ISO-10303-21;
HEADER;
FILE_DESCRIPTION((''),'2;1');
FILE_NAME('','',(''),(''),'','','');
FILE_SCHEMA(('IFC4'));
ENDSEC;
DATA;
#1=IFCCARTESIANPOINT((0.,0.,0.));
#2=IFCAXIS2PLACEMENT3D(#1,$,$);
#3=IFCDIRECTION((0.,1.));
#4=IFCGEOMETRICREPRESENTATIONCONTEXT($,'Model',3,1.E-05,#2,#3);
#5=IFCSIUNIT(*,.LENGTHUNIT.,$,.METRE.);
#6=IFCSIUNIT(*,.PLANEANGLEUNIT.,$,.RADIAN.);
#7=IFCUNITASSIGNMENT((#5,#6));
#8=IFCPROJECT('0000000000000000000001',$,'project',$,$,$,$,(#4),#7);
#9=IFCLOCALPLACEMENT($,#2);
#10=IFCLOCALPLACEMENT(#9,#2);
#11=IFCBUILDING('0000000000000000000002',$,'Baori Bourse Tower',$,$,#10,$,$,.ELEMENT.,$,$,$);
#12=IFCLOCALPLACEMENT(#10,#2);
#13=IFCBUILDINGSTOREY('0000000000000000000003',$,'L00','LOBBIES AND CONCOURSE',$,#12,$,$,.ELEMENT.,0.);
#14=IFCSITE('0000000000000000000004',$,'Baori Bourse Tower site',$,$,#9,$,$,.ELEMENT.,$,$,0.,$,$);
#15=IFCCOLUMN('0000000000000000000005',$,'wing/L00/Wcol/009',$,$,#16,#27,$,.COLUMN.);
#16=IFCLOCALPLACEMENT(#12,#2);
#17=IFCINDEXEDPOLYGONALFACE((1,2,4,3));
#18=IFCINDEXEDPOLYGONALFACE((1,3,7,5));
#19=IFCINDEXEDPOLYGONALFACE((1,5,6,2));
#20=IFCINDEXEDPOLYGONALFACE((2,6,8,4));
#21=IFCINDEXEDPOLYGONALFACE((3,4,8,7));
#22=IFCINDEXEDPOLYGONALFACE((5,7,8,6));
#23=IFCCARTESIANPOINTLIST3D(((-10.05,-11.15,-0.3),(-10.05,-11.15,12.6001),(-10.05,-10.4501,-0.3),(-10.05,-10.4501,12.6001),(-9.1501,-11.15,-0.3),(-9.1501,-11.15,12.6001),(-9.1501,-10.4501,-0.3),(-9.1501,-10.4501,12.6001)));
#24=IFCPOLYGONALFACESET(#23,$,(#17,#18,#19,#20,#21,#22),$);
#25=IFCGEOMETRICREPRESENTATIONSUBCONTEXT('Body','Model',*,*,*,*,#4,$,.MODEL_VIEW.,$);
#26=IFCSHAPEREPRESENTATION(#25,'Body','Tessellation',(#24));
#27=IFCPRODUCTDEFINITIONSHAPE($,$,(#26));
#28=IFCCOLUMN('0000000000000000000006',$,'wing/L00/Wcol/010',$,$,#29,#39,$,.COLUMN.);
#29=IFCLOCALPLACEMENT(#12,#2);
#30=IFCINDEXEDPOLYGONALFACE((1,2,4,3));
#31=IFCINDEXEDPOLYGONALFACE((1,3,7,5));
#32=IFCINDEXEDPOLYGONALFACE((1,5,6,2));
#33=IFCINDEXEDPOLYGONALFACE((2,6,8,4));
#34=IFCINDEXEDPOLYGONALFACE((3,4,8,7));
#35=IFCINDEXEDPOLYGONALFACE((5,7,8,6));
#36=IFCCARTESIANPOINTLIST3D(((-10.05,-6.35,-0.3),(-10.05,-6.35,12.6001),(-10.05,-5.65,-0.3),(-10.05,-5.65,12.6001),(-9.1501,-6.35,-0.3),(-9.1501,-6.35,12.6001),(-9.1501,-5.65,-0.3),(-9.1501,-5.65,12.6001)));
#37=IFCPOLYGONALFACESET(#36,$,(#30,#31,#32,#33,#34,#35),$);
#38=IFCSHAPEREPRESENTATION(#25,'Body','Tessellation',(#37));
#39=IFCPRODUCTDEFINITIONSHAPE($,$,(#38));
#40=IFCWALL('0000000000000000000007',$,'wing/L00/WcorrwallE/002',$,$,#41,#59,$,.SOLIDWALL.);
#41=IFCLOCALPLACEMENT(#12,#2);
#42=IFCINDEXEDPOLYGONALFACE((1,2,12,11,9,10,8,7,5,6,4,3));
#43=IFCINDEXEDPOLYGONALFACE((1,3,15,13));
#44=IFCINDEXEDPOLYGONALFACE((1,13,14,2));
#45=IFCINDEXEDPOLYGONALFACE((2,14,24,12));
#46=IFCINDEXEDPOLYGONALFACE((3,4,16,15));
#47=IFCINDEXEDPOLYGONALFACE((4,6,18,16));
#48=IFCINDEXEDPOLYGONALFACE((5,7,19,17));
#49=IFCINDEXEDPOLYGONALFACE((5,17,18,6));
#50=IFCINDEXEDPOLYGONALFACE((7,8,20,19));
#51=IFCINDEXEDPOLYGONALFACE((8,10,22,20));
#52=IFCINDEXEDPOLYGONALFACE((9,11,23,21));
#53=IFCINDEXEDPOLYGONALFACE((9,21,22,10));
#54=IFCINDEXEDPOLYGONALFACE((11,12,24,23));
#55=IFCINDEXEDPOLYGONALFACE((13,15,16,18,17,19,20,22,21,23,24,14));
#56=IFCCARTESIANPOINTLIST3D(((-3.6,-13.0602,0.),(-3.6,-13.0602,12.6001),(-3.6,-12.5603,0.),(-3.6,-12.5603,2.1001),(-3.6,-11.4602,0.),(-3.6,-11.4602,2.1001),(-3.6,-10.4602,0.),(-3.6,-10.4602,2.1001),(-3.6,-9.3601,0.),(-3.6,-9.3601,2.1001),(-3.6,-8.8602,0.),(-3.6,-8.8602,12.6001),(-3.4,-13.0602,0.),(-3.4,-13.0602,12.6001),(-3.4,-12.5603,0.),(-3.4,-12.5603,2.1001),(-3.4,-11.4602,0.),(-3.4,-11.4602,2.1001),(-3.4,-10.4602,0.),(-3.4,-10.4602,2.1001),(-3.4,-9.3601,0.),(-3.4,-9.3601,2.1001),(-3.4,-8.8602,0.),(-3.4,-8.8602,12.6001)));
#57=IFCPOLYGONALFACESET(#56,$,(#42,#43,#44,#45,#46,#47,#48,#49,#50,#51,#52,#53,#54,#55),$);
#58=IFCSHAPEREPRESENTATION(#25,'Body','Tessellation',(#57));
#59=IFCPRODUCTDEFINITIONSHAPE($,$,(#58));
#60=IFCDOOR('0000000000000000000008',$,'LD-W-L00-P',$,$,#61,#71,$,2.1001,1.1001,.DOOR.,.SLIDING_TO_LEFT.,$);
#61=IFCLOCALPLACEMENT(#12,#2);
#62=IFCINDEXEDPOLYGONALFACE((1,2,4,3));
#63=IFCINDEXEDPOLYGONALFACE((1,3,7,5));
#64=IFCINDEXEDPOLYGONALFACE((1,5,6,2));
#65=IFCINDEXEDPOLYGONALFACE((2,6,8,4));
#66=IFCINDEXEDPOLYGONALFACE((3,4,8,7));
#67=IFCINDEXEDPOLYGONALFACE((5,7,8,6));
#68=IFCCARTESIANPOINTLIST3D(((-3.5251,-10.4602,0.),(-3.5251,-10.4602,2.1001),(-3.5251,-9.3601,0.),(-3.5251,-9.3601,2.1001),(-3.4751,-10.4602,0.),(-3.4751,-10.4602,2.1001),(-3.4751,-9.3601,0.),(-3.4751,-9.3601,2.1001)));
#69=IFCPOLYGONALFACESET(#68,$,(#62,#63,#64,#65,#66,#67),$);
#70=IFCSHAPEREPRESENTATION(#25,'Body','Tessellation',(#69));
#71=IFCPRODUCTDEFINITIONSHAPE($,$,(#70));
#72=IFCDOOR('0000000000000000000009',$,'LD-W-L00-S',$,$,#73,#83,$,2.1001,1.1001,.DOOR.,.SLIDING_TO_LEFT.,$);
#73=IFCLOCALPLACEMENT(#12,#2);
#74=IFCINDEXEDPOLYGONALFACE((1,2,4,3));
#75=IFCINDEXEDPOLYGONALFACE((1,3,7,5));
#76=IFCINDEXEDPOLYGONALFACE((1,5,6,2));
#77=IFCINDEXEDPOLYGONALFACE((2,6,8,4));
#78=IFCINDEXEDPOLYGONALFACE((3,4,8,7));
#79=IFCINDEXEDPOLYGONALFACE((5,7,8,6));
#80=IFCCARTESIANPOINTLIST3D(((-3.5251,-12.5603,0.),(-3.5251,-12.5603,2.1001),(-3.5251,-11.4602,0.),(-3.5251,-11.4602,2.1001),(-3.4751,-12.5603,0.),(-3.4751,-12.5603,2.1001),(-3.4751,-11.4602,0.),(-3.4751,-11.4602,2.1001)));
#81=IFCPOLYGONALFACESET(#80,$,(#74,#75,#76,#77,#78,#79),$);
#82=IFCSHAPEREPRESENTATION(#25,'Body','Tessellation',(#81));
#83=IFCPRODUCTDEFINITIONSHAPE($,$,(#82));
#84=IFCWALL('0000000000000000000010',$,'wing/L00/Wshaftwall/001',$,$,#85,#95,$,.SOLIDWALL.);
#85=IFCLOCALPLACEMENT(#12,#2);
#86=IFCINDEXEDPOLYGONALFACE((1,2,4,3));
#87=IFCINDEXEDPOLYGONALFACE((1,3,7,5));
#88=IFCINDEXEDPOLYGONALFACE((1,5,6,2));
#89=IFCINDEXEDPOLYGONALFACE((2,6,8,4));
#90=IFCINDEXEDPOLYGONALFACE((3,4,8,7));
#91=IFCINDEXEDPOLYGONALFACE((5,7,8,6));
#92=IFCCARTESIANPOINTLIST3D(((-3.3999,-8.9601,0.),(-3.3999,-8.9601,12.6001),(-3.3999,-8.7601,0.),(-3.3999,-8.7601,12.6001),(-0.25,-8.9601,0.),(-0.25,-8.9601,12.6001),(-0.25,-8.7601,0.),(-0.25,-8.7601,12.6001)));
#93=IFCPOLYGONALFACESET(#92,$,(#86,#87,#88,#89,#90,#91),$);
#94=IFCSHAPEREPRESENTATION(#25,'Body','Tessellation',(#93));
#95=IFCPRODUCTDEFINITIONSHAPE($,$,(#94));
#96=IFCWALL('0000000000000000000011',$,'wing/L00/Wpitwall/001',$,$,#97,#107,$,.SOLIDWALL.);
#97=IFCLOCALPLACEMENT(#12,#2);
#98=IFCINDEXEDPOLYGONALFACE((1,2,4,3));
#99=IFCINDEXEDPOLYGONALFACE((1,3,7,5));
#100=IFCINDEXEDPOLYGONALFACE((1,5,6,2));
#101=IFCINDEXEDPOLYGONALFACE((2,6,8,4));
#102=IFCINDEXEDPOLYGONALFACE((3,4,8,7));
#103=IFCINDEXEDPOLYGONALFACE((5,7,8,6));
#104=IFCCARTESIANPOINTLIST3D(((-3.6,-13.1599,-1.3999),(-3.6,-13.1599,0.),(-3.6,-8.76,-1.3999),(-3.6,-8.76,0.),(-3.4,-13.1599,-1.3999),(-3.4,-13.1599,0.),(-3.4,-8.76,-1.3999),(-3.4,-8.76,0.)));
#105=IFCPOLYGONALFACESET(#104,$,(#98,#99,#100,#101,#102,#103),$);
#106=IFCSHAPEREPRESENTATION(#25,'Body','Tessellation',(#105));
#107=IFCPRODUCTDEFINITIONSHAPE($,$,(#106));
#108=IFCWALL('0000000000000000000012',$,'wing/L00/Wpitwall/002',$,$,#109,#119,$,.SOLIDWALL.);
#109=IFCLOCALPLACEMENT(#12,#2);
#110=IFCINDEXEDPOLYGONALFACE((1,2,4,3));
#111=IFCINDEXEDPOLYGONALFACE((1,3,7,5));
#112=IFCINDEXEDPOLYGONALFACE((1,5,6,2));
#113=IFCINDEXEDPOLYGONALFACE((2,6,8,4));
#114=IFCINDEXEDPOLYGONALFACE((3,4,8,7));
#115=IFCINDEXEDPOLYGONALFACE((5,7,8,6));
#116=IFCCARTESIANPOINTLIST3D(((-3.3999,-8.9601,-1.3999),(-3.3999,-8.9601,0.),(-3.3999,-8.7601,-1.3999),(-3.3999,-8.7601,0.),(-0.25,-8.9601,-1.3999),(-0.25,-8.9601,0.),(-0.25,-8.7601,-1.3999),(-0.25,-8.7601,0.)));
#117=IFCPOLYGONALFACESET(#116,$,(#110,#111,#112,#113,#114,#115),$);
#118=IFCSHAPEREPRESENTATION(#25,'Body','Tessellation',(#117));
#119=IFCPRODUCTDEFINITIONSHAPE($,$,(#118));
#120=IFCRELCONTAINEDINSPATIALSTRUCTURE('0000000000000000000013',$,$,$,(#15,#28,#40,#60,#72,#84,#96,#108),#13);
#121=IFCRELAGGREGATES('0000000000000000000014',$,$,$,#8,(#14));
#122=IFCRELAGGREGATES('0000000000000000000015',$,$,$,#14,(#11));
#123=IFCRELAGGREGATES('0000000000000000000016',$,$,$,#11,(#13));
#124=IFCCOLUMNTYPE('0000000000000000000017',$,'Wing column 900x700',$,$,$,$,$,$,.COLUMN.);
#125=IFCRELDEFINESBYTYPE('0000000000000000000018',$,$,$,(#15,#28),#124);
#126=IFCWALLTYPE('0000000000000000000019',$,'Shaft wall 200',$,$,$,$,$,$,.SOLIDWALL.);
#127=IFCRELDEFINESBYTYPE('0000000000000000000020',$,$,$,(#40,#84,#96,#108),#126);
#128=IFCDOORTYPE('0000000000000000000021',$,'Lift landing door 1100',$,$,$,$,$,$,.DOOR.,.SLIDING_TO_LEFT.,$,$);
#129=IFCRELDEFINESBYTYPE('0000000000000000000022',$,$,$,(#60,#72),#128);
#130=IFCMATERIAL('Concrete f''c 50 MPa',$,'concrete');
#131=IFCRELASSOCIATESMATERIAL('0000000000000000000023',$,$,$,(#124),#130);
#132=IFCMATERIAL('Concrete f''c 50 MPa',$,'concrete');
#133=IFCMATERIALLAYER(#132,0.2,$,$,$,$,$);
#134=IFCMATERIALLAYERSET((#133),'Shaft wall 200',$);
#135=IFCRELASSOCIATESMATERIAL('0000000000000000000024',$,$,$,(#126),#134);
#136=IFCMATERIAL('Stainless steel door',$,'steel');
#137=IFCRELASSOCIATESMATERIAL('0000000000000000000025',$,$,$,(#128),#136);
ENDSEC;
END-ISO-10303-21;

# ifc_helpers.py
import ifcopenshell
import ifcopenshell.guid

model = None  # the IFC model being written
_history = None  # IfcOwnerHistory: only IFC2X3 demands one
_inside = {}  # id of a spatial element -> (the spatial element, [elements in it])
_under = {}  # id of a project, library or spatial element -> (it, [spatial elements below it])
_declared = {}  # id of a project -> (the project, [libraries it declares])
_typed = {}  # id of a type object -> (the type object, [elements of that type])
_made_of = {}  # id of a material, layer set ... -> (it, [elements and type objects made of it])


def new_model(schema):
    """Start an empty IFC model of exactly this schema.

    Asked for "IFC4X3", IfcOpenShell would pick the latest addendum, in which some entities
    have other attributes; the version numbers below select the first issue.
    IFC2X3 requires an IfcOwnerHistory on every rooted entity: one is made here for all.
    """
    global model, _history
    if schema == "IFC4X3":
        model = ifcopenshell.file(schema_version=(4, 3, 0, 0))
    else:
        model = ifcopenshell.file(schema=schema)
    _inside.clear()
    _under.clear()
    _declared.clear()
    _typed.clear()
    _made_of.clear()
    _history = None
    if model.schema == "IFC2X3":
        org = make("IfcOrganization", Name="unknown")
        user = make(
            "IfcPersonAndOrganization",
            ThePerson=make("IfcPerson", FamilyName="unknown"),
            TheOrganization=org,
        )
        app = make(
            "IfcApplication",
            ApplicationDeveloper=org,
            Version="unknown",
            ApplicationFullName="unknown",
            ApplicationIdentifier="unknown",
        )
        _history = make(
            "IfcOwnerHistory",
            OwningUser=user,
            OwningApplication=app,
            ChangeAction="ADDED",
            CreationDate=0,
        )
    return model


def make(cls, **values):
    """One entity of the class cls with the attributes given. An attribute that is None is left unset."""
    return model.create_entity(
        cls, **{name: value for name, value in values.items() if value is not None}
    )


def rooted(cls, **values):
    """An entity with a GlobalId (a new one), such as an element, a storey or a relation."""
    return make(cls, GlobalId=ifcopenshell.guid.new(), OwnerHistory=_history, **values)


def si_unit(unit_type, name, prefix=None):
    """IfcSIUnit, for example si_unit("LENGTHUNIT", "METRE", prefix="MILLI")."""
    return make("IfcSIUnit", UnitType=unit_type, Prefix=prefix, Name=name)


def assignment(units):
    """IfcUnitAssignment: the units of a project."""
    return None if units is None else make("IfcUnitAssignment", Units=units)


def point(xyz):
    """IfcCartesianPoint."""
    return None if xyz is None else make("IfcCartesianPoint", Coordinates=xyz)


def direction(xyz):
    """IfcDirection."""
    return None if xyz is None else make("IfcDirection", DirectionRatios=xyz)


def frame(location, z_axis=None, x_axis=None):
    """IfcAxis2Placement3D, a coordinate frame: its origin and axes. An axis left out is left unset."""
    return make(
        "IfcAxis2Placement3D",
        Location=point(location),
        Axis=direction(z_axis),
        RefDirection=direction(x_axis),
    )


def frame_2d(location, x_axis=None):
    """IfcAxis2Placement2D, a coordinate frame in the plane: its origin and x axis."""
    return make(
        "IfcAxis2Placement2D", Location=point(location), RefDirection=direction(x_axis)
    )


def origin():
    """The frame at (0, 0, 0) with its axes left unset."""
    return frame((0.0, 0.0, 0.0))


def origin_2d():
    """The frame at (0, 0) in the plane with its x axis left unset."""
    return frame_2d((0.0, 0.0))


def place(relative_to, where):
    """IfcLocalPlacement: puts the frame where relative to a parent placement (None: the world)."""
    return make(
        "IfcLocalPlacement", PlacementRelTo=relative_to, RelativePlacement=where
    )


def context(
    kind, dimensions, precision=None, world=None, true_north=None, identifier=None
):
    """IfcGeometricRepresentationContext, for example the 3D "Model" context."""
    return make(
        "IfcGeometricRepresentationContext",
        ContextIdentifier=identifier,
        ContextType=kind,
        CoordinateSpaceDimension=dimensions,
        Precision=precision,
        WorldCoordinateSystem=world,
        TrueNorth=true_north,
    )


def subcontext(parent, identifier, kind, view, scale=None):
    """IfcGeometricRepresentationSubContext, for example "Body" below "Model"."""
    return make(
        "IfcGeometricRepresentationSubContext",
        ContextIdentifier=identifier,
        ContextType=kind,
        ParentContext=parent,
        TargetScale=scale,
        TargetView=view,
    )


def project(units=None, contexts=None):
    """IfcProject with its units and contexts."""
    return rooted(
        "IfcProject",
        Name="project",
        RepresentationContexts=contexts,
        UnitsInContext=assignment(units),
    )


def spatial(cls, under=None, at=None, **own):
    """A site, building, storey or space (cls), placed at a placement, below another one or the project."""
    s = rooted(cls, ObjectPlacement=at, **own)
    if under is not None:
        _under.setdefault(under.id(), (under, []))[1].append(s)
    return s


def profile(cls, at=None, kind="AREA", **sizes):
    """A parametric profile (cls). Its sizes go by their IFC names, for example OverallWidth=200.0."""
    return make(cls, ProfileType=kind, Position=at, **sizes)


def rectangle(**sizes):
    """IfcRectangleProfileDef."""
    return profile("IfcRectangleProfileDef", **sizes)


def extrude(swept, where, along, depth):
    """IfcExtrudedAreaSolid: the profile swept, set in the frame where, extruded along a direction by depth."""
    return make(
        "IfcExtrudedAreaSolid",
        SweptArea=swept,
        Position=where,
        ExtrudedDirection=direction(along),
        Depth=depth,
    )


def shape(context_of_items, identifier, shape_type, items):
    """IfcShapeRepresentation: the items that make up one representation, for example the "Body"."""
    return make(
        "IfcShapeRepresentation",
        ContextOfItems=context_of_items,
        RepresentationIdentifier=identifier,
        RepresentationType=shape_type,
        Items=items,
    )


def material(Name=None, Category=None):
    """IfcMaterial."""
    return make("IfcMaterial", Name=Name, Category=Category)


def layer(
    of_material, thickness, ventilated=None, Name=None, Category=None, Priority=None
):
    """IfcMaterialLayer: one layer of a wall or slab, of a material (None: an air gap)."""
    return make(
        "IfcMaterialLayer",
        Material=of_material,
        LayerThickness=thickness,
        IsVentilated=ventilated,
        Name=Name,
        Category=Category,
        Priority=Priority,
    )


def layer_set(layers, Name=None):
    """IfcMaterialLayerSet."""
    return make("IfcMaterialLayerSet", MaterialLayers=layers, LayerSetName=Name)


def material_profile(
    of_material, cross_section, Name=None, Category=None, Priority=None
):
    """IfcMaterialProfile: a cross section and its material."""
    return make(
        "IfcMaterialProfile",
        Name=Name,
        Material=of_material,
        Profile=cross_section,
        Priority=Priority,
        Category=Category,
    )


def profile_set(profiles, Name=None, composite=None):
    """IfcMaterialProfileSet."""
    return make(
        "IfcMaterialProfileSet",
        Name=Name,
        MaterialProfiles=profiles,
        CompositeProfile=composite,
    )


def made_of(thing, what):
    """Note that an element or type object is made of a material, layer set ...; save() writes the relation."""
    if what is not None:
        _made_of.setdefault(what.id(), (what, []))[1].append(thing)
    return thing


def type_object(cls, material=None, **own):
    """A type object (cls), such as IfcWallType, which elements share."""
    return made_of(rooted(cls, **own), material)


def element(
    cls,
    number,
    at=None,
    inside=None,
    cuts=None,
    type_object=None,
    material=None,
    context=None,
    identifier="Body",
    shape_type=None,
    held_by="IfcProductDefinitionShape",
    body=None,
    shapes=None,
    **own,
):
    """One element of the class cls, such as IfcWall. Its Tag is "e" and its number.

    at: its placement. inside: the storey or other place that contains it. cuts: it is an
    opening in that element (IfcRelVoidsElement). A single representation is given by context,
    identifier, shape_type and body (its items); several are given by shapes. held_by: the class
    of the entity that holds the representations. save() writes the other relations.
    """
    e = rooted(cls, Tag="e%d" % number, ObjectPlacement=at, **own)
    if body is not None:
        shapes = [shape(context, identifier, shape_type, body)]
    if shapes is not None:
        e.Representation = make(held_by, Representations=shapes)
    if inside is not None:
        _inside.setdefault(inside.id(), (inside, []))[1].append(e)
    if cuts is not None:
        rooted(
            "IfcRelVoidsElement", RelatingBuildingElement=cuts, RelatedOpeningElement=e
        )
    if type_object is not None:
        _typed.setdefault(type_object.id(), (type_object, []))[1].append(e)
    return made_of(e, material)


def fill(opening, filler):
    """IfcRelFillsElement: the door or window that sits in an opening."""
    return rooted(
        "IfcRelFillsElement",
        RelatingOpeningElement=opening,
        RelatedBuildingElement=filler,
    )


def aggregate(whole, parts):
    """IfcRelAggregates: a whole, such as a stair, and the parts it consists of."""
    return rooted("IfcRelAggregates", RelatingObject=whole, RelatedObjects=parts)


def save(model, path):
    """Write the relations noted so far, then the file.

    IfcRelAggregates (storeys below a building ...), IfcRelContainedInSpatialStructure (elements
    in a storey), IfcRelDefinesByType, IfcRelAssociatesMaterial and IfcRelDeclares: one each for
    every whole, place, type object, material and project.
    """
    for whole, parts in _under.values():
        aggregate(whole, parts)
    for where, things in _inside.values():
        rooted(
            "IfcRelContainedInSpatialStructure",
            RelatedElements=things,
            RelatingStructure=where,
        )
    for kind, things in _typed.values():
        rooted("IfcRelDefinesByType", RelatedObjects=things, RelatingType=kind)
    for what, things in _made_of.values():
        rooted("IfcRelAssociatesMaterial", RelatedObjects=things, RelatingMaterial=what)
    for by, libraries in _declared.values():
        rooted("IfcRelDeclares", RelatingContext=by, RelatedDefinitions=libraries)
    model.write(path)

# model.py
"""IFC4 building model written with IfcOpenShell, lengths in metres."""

from ifc_helpers import new_model, si_unit, direction, frame, frame_2d, origin, origin_2d, place, context, subcontext, project, spatial, rectangle, extrude, material, layer, layer_set, material_profile, profile_set, type_object, element, fill, save


model = new_model("IFC4")

# Units and contexts
model_context = context("Model", 3, precision=1e-05, world=origin(), true_north=direction((0.0, 1.0)))
body_context = subcontext(model_context, "Body", "Model", "MODEL_VIEW")
ifc_project = project(units=[si_unit("LENGTHUNIT", "METRE"), si_unit("PLANEANGLEUNIT", "RADIAN")], contexts=[model_context])

# Site, building, storey
site_placement = place(None, origin())
site = spatial("IfcSite", under=ifc_project, at=site_placement, Name="Baori Bourse Tower site", CompositionType="ELEMENT", RefElevation=0.0)
building_placement = place(site_placement, origin())
building = spatial("IfcBuilding", under=site, at=building_placement, Name="Baori Bourse Tower", CompositionType="ELEMENT")
storey_placement = place(building_placement, origin())
storey = spatial("IfcBuildingStorey", under=building, at=storey_placement, Name="L00", Description="LOBBIES AND CONCOURSE", CompositionType="ELEMENT", Elevation=0.0)

# Columns
ifc_material_1 = material(Name="Concrete f'c 50 MPa", Category="concrete")
ifc_material_profile_1 = material_profile(ifc_material_1, rectangle(XDim=0.8999, YDim=0.7, at=origin_2d()), Name="Wing column 900x700")
ifc_profile_set_1 = profile_set([ifc_material_profile_1], Name="Concrete f'c 50 MPa")
column_type = type_object("IfcColumnType", Name="Wing column 900x700", PredefinedType="COLUMN", material=ifc_profile_set_1)
for number, where, z_axis, x_axis, name in (
    (1, (-9.6001, -10.8, -0.3), (0.0, 0.0, 1.0), (1.0, 0.0, 0.0), "wing/L00/Wcol/009"),
    (2, (-9.6001, -6.0, -0.3), (0.0, 0.0, 1.0), (1.0, 0.0, 0.0), "wing/L00/Wcol/010"),
):
    element("IfcColumn", number, at=place(storey_placement, frame(where, z_axis=z_axis, x_axis=x_axis)), inside=storey, type_object=column_type, Name=name, PredefinedType="COLUMN", context=body_context, shape_type="SweptSolid", body=[
        extrude(rectangle(XDim=0.8999, YDim=0.7, at=origin_2d()), origin(), (0.0, 0.0, 1.0), 12.9001),
    ])

# Wall, openings, doors
ifc_material_2 = material(Name="Concrete f'c 50 MPa", Category="concrete")
ifc_layer = layer(ifc_material_2, 0.2)
ifc_layer_set = layer_set([ifc_layer], Name="Shaft wall 200")
wall_type = type_object("IfcWallType", Name="Shaft wall 200", PredefinedType="SOLIDWALL", material=ifc_layer_set)
wall_1_placement = place(storey_placement, frame((-3.5, -8.8601, 0.0), z_axis=(0.0, 0.0, 1.0), x_axis=(0.0, -1.0, 0.0)))
wall_1 = element("IfcWall", 3, at=wall_1_placement, inside=storey, type_object=wall_type, Name="wing/L00/WcorrwallE/002", PredefinedType="SOLIDWALL", context=body_context, shape_type="SweptSolid", body=[
    extrude(rectangle(XDim=4.2, YDim=0.2, at=frame_2d((2.1001, 0.0))), origin(), (0.0, 0.0, 1.0), 12.6001),
])
opening_1_placement = place(wall_1_placement, frame((0.5, 0.0, 0.0)))
opening_1 = element("IfcOpeningElement", 4, at=opening_1_placement, cuts=wall_1, PredefinedType="OPENING", context=body_context, shape_type="SweptSolid", body=[
    extrude(rectangle(XDim=1.1001, YDim=2.1001, at=frame_2d((0.55, 1.05))), frame((0.0, 0.1099, 0.0), z_axis=(0.0, -1.0, 0.0), x_axis=(1.0, 0.0, 0.0)), (0.0, 0.0, 1.0), 0.22),
])
opening_2_placement = place(wall_1_placement, frame((2.6001, 0.0, 0.0)))
opening_2 = element("IfcOpeningElement", 5, at=opening_2_placement, cuts=wall_1, PredefinedType="OPENING", context=body_context, shape_type="SweptSolid", body=[
    extrude(rectangle(XDim=1.1001, YDim=2.1001, at=frame_2d((0.55, 1.05))), frame((0.0, 0.1099, 0.0), z_axis=(0.0, -1.0, 0.0), x_axis=(1.0, 0.0, 0.0)), (0.0, 0.0, 1.0), 0.22),
])
ifc_material_3 = material(Name="Stainless steel door", Category="steel")
door_type = type_object("IfcDoorType", Name="Lift landing door 1100", OperationType="SLIDING_TO_LEFT", PredefinedType="DOOR", material=ifc_material_3)
door_1_placement = place(opening_1_placement, origin())
door_1 = element("IfcDoor", 6, at=door_1_placement, inside=storey, type_object=door_type, Name="LD-W-L00-P", OperationType="SLIDING_TO_LEFT", OverallHeight=2.1001, OverallWidth=1.1001, PredefinedType="DOOR", context=body_context, shape_type="SweptSolid", body=[
    extrude(rectangle(XDim=1.1001, YDim=2.1001, at=frame_2d((0.55, 1.05))), frame((0.0, 0.0249, 0.0), z_axis=(0.0, -1.0, 0.0), x_axis=(1.0, 0.0, 0.0)), (0.0, 0.0, 1.0), 0.05),
])
fill(opening_1, door_1)
door_2_placement = place(opening_2_placement, origin())
door_2 = element("IfcDoor", 7, at=door_2_placement, inside=storey, type_object=door_type, Name="LD-W-L00-S", OperationType="SLIDING_TO_LEFT", OverallHeight=2.1001, OverallWidth=1.1001, PredefinedType="DOOR", context=body_context, shape_type="SweptSolid", body=[
    extrude(rectangle(XDim=1.1001, YDim=2.1001, at=frame_2d((0.55, 1.05))), frame((0.0, 0.0249, 0.0), z_axis=(0.0, -1.0, 0.0), x_axis=(1.0, 0.0, 0.0)), (0.0, 0.0, 1.0), 0.05),
])
fill(opening_2, door_2)

# Walls
wall_2_placement = place(storey_placement, frame((-3.3999, -8.8601, 0.0), z_axis=(0.0, 0.0, 1.0), x_axis=(1.0, 0.0, 0.0)))
element("IfcWall", 8, at=wall_2_placement, inside=storey, type_object=wall_type, Name="wing/L00/Wshaftwall/001", PredefinedType="SOLIDWALL", context=body_context, shape_type="SweptSolid", body=[
    extrude(rectangle(XDim=3.1499, YDim=0.2, at=frame_2d((1.575, 0.0))), origin(), (0.0, 0.0, 1.0), 12.6001),
])
wall_3_placement = place(storey_placement, frame((-3.5, -8.76, -1.3999), z_axis=(0.0, 0.0, 1.0), x_axis=(0.0, -1.0, 0.0)))
element("IfcWall", 9, at=wall_3_placement, inside=storey, type_object=wall_type, Name="wing/L00/Wpitwall/001", PredefinedType="SOLIDWALL", context=body_context, shape_type="SweptSolid", body=[
    extrude(rectangle(XDim=4.3999, YDim=0.2, at=frame_2d((2.2, 0.0))), origin(), (0.0, 0.0, 1.0), 1.3999),
])
wall_4_placement = place(storey_placement, frame((-3.3999, -8.8601, -1.3999), z_axis=(0.0, 0.0, 1.0), x_axis=(1.0, 0.0, 0.0)))
element("IfcWall", 10, at=wall_4_placement, inside=storey, type_object=wall_type, Name="wing/L00/Wpitwall/002", PredefinedType="SOLIDWALL", context=body_context, shape_type="SweptSolid", body=[
    extrude(rectangle(XDim=3.1499, YDim=0.2, at=frame_2d((1.575, 0.0))), origin(), (0.0, 0.0, 1.0), 1.3999),
])

save(model, "model.ifc")
